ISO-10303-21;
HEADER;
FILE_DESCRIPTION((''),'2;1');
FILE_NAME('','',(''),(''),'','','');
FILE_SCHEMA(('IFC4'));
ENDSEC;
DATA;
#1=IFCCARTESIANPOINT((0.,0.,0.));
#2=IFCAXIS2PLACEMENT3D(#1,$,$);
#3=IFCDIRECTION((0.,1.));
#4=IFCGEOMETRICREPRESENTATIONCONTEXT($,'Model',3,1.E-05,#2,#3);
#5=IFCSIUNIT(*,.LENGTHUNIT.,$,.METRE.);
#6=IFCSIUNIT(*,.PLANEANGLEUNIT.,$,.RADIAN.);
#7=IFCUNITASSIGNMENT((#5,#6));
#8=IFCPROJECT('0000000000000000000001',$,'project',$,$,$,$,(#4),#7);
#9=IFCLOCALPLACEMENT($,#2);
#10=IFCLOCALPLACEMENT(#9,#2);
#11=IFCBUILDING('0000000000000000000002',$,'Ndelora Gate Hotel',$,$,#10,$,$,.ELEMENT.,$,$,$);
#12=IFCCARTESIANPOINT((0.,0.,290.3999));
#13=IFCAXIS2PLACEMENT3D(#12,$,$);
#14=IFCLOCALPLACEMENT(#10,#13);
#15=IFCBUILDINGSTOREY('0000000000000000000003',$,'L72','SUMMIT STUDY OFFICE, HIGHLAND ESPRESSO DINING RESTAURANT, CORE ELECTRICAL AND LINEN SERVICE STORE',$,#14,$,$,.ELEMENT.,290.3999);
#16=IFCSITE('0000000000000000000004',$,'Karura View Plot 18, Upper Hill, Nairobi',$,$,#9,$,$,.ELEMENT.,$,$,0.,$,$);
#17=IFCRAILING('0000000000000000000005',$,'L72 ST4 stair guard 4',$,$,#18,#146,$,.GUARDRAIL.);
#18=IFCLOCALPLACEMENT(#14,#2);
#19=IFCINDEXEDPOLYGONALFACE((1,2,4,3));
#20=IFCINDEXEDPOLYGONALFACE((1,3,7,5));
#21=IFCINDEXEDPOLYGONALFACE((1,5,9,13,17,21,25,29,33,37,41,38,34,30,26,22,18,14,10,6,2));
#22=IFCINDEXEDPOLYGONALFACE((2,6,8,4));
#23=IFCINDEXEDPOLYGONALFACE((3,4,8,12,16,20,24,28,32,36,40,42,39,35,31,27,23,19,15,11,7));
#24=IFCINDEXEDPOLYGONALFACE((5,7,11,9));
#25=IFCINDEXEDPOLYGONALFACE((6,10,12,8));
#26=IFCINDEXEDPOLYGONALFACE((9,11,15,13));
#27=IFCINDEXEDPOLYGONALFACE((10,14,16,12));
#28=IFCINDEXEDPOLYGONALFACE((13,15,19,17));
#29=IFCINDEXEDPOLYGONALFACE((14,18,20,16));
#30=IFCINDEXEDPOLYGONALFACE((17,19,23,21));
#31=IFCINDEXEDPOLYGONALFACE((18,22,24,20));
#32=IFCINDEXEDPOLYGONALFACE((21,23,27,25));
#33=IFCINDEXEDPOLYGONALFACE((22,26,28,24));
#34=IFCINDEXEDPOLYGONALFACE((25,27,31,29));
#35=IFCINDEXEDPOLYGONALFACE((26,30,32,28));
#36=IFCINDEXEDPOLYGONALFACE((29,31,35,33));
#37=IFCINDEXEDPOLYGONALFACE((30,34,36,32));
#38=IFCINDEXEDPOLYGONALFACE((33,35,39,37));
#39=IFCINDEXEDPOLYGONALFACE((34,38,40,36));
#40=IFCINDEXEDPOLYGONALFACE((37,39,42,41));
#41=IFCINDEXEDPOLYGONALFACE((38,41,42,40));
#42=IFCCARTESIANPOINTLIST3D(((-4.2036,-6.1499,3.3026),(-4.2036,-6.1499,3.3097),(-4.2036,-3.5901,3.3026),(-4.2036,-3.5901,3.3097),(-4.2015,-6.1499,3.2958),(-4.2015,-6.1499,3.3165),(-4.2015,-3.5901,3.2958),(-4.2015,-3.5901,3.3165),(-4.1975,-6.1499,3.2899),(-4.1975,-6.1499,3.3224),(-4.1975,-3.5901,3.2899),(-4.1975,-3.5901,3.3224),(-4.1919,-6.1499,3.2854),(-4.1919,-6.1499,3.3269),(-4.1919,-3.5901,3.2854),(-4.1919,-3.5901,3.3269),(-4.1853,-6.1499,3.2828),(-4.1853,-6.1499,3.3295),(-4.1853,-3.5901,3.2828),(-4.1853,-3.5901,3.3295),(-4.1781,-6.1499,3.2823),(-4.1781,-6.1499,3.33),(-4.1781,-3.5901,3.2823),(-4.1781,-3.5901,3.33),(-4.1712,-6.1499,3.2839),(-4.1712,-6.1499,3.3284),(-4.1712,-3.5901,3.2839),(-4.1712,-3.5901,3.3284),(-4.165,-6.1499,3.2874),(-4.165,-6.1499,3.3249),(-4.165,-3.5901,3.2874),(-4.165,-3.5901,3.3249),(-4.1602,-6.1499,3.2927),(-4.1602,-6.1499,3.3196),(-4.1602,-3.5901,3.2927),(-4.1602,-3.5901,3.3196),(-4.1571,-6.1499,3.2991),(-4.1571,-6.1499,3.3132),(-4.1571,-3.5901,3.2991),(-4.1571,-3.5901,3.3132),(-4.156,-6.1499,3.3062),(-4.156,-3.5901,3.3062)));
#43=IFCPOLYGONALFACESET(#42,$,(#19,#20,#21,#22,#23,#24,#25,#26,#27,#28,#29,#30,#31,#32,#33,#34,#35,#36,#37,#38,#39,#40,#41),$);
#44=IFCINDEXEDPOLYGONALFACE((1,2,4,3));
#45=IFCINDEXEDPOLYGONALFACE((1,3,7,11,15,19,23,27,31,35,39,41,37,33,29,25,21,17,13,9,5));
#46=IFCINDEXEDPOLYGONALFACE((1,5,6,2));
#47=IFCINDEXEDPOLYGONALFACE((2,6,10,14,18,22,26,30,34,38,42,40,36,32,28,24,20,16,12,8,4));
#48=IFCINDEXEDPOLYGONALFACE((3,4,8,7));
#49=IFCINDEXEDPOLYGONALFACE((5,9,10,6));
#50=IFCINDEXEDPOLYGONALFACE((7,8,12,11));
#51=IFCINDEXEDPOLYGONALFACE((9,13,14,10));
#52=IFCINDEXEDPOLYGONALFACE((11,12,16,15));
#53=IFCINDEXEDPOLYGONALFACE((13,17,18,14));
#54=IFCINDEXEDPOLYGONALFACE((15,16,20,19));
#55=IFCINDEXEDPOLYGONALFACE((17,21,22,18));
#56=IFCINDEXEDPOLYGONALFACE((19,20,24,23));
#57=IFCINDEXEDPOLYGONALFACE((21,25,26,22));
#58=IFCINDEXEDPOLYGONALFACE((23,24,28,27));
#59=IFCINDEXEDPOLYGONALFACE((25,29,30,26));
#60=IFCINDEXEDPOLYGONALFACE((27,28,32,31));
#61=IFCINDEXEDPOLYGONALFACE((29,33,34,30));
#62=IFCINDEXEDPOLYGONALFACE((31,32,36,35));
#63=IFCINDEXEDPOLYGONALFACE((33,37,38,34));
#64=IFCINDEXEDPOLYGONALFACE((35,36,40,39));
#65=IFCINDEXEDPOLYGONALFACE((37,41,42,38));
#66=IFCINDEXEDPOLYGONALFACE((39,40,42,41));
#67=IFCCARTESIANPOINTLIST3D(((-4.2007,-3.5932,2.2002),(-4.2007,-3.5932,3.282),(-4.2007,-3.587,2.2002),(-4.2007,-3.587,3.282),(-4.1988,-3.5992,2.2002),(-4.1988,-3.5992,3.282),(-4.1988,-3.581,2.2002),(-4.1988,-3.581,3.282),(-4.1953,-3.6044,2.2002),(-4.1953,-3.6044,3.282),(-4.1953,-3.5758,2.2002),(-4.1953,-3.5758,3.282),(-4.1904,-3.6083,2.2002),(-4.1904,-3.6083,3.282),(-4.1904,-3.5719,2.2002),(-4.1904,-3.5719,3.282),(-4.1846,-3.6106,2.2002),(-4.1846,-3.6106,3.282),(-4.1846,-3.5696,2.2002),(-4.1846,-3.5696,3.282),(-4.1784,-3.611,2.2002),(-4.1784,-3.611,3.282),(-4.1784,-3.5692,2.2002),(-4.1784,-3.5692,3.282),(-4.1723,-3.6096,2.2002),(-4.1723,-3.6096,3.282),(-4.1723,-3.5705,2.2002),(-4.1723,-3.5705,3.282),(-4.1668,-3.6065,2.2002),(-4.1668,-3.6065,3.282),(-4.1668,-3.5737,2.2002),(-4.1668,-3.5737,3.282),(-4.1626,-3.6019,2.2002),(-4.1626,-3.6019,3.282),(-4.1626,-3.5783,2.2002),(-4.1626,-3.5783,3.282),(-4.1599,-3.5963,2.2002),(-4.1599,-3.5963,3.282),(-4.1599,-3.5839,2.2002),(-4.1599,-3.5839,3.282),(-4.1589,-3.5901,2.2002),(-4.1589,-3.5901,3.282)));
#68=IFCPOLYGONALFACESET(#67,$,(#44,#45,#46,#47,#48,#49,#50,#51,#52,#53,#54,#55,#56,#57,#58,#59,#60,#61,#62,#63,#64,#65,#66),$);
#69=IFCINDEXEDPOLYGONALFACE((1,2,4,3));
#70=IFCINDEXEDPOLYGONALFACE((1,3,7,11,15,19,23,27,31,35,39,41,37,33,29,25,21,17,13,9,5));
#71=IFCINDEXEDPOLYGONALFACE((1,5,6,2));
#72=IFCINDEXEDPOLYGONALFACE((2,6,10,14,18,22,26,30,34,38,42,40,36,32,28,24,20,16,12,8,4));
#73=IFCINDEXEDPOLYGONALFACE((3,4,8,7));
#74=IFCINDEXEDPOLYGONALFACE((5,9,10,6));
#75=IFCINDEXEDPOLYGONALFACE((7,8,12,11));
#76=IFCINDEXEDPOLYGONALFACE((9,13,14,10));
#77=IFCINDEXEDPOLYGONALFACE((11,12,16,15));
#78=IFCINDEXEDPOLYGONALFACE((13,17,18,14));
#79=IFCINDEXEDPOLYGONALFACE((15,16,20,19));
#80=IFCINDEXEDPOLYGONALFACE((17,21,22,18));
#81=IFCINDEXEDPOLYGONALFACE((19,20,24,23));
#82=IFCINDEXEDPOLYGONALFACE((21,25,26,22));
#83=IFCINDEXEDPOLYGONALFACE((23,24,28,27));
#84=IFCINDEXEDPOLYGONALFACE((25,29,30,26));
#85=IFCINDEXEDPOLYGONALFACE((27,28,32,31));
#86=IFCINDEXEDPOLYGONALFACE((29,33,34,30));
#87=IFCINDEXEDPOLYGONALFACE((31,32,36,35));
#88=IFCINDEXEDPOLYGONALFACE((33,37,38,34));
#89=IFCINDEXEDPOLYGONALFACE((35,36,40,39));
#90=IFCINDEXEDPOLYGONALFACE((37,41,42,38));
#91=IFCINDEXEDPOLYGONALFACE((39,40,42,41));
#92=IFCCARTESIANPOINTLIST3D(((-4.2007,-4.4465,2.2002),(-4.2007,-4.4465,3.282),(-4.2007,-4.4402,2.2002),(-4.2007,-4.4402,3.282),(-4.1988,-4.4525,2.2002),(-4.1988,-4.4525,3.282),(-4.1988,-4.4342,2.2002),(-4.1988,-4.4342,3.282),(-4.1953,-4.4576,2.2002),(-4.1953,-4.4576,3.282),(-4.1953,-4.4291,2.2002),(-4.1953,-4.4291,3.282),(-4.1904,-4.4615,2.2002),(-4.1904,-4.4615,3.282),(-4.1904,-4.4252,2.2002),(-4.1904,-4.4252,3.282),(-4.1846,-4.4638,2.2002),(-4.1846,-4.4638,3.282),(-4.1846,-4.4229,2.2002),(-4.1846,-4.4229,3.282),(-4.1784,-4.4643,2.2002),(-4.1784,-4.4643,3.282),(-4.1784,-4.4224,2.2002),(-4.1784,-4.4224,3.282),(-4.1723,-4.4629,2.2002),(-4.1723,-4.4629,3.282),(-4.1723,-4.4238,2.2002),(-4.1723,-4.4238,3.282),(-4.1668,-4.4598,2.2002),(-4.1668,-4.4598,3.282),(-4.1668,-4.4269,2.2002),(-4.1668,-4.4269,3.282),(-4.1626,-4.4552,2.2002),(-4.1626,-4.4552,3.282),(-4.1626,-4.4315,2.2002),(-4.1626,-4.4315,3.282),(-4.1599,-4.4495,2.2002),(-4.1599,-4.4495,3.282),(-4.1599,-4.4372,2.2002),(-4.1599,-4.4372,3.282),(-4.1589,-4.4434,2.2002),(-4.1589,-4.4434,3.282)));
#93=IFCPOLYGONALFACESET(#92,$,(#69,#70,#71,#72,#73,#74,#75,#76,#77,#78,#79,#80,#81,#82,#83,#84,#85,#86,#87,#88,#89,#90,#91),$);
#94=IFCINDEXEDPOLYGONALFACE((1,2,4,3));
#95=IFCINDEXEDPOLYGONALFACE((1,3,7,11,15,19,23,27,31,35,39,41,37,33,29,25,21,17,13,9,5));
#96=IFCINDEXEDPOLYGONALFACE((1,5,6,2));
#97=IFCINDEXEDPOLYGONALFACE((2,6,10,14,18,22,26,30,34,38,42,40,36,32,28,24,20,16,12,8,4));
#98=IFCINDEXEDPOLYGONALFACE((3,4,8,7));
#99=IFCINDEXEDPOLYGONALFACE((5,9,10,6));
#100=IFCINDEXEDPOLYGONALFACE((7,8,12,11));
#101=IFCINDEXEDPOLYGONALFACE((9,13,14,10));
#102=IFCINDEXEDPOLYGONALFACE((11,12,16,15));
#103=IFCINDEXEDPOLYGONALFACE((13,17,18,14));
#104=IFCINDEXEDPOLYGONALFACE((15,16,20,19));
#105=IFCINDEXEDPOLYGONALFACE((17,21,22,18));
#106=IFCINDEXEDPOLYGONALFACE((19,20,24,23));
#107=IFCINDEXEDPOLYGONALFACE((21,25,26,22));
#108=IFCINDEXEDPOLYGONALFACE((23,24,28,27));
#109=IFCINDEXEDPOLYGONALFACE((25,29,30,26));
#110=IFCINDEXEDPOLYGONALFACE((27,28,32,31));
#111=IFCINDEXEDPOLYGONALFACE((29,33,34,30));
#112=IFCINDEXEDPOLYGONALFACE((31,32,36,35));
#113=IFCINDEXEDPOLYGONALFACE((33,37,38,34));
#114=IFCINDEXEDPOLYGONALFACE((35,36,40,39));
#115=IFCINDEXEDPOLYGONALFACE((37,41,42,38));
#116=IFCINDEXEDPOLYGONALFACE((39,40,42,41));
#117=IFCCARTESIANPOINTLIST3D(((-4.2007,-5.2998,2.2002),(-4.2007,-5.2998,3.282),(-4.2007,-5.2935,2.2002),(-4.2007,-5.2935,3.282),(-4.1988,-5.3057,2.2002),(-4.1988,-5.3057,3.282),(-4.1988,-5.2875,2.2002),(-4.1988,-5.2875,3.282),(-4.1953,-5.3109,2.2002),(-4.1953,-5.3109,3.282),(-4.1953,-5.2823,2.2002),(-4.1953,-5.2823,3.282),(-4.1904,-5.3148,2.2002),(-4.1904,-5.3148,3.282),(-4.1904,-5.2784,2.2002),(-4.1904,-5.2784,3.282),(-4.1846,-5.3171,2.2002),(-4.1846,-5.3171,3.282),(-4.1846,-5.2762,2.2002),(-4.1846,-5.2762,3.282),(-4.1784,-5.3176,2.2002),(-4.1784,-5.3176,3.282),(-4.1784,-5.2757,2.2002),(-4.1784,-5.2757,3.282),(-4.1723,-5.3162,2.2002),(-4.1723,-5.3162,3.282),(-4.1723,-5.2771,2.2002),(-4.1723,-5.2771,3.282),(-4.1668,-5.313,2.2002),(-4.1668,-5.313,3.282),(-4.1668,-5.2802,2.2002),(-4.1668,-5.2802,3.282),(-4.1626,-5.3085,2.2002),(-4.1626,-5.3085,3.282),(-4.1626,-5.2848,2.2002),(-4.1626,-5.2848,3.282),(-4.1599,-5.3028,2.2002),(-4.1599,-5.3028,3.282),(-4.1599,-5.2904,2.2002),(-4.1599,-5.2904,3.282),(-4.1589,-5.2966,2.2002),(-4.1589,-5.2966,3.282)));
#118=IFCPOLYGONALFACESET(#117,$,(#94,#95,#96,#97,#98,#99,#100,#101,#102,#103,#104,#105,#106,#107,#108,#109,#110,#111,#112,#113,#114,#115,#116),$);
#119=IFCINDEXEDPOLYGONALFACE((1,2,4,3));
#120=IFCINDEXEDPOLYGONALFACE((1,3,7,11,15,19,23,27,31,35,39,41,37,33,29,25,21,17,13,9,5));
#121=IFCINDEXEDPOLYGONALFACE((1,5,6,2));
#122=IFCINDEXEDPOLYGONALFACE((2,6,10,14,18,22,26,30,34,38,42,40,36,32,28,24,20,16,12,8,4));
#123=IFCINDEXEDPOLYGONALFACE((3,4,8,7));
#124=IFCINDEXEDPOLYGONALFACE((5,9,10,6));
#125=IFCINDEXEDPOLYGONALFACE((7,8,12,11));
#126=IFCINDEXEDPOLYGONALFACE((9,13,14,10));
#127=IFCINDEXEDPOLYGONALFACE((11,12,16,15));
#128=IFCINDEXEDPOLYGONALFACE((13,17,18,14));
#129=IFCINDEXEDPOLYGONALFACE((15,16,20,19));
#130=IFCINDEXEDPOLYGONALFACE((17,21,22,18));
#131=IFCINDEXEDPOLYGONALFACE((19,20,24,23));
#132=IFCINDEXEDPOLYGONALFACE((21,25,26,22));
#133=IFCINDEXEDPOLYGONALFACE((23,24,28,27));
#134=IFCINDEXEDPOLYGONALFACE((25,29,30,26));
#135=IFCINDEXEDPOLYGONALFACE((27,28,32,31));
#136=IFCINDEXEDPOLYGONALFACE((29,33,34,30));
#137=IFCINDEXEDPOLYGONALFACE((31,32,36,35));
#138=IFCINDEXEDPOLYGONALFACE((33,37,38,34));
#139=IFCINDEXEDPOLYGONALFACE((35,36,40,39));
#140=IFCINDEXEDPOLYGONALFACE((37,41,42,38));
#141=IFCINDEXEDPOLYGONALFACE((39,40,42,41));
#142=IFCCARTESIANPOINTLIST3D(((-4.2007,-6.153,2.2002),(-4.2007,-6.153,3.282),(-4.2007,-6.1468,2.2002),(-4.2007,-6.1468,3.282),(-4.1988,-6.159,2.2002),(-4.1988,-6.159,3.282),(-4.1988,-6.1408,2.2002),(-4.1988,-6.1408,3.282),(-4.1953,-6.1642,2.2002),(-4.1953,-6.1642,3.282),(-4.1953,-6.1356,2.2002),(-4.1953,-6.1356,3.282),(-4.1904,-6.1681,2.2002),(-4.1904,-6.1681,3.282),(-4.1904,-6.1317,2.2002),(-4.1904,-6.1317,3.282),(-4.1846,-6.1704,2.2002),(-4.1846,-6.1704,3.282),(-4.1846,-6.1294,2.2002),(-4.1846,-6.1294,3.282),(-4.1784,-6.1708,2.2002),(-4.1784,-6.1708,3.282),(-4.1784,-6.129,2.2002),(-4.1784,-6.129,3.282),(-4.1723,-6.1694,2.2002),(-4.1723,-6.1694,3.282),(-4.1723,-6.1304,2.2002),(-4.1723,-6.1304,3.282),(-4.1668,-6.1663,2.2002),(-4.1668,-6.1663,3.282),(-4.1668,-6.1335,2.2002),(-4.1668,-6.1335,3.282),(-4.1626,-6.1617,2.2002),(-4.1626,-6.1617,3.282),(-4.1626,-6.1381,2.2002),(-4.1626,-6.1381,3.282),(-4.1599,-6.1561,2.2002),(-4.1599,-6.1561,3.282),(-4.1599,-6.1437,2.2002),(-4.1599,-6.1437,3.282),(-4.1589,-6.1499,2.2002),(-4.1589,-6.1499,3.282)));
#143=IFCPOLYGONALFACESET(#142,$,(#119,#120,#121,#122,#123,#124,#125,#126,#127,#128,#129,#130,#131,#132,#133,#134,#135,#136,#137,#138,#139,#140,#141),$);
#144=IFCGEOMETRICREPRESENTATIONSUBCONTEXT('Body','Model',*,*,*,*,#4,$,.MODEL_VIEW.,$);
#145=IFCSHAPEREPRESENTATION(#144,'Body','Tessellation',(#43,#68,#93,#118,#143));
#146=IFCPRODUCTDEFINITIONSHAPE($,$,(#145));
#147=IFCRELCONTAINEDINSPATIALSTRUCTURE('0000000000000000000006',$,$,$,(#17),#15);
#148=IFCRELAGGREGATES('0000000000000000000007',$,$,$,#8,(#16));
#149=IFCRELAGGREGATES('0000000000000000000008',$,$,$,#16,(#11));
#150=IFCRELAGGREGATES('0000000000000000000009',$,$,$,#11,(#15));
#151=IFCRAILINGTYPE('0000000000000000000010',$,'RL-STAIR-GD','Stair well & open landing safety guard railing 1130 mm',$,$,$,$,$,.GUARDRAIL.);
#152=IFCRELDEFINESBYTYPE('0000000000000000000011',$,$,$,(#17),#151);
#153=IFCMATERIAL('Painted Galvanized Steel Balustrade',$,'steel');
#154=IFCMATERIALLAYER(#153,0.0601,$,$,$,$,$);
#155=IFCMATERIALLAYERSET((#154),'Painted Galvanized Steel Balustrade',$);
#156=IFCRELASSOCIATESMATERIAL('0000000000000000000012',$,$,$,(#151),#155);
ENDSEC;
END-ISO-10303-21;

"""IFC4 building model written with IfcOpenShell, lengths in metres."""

from ifc_helpers import new_model, si_unit, direction, frame, origin, origin_2d, place, context, subcontext, project, spatial, circle, extrude, material, layer, layer_set, type_object, element, save


model = new_model("IFC4")

# Units and contexts
model_context = context("Model", 3, precision=1e-05, world=origin(), true_north=direction((0.0, 1.0)))
body_context = subcontext(model_context, "Body", "Model", "MODEL_VIEW")
ifc_project = project(units=[si_unit("LENGTHUNIT", "METRE"), si_unit("PLANEANGLEUNIT", "RADIAN")], contexts=[model_context])

# Site, building, storey
site_placement = place(None, origin())
site = spatial("IfcSite", under=ifc_project, at=site_placement, Name="Karura View Plot 18, Upper Hill, Nairobi", CompositionType="ELEMENT", RefElevation=0.0)
building_placement = place(site_placement, origin())
building = spatial("IfcBuilding", under=site, at=building_placement, Name="Ndelora Gate Hotel", CompositionType="ELEMENT")
storey_placement = place(building_placement, frame((0.0, 0.0, 290.3999)))
storey = spatial("IfcBuildingStorey", under=building, at=storey_placement, Name="L72", Description="SUMMIT STUDY OFFICE, HIGHLAND ESPRESSO DINING RESTAURANT, CORE ELECTRICAL AND LINEN SERVICE STORE", CompositionType="ELEMENT", Elevation=290.3999)

# Railing
ifc_material_1 = material(Name="Painted Galvanized Steel Balustrade", Category="steel")
ifc_layer_1 = layer(ifc_material_1, 0.0601)
ifc_layer_set_1 = layer_set([ifc_layer_1], Name="Painted Galvanized Steel Balustrade")
railing_type_1 = type_object("IfcRailingType", Name="RL-STAIR-GD", Description="Stair well & open landing safety guard railing 1130 mm", PredefinedType="GUARDRAIL", material=ifc_layer_set_1)
for number, where, name in (
    (1, (-4.1799, -3.5901, 2.2002), "L72 ST4 stair guard 4"),
):
    element("IfcRailing", number, at=place(storey_placement, frame(where)), inside=storey, type_object=railing_type_1, Name=name, PredefinedType="GUARDRAIL", context=body_context, shape_type="SweptSolid", body=[
        extrude(circle(Radius=0.0239, at=origin_2d()), frame((0.0, 0.0, 1.106), z_axis=(0.0, -1.0, 0.0), x_axis=(1.0, 0.0, 0.0)), (0.0, 0.0, 1.0), 2.5598),
        extrude(circle(Radius=0.021, at=origin_2d()), origin(), (0.0, 0.0, 1.0), 1.0818),
        extrude(circle(Radius=0.021, at=origin_2d()), frame((0.0, -0.8533, 0.0)), (0.0, 0.0, 1.0), 1.0818),
        extrude(circle(Radius=0.021, at=origin_2d()), frame((0.0, -1.7065, 0.0)), (0.0, 0.0, 1.0), 1.0818),
        extrude(circle(Radius=0.021, at=origin_2d()), frame((0.0, -2.5598, 0.0)), (0.0, 0.0, 1.0), 1.0818),
    ])

save(model, "model.ifc")
